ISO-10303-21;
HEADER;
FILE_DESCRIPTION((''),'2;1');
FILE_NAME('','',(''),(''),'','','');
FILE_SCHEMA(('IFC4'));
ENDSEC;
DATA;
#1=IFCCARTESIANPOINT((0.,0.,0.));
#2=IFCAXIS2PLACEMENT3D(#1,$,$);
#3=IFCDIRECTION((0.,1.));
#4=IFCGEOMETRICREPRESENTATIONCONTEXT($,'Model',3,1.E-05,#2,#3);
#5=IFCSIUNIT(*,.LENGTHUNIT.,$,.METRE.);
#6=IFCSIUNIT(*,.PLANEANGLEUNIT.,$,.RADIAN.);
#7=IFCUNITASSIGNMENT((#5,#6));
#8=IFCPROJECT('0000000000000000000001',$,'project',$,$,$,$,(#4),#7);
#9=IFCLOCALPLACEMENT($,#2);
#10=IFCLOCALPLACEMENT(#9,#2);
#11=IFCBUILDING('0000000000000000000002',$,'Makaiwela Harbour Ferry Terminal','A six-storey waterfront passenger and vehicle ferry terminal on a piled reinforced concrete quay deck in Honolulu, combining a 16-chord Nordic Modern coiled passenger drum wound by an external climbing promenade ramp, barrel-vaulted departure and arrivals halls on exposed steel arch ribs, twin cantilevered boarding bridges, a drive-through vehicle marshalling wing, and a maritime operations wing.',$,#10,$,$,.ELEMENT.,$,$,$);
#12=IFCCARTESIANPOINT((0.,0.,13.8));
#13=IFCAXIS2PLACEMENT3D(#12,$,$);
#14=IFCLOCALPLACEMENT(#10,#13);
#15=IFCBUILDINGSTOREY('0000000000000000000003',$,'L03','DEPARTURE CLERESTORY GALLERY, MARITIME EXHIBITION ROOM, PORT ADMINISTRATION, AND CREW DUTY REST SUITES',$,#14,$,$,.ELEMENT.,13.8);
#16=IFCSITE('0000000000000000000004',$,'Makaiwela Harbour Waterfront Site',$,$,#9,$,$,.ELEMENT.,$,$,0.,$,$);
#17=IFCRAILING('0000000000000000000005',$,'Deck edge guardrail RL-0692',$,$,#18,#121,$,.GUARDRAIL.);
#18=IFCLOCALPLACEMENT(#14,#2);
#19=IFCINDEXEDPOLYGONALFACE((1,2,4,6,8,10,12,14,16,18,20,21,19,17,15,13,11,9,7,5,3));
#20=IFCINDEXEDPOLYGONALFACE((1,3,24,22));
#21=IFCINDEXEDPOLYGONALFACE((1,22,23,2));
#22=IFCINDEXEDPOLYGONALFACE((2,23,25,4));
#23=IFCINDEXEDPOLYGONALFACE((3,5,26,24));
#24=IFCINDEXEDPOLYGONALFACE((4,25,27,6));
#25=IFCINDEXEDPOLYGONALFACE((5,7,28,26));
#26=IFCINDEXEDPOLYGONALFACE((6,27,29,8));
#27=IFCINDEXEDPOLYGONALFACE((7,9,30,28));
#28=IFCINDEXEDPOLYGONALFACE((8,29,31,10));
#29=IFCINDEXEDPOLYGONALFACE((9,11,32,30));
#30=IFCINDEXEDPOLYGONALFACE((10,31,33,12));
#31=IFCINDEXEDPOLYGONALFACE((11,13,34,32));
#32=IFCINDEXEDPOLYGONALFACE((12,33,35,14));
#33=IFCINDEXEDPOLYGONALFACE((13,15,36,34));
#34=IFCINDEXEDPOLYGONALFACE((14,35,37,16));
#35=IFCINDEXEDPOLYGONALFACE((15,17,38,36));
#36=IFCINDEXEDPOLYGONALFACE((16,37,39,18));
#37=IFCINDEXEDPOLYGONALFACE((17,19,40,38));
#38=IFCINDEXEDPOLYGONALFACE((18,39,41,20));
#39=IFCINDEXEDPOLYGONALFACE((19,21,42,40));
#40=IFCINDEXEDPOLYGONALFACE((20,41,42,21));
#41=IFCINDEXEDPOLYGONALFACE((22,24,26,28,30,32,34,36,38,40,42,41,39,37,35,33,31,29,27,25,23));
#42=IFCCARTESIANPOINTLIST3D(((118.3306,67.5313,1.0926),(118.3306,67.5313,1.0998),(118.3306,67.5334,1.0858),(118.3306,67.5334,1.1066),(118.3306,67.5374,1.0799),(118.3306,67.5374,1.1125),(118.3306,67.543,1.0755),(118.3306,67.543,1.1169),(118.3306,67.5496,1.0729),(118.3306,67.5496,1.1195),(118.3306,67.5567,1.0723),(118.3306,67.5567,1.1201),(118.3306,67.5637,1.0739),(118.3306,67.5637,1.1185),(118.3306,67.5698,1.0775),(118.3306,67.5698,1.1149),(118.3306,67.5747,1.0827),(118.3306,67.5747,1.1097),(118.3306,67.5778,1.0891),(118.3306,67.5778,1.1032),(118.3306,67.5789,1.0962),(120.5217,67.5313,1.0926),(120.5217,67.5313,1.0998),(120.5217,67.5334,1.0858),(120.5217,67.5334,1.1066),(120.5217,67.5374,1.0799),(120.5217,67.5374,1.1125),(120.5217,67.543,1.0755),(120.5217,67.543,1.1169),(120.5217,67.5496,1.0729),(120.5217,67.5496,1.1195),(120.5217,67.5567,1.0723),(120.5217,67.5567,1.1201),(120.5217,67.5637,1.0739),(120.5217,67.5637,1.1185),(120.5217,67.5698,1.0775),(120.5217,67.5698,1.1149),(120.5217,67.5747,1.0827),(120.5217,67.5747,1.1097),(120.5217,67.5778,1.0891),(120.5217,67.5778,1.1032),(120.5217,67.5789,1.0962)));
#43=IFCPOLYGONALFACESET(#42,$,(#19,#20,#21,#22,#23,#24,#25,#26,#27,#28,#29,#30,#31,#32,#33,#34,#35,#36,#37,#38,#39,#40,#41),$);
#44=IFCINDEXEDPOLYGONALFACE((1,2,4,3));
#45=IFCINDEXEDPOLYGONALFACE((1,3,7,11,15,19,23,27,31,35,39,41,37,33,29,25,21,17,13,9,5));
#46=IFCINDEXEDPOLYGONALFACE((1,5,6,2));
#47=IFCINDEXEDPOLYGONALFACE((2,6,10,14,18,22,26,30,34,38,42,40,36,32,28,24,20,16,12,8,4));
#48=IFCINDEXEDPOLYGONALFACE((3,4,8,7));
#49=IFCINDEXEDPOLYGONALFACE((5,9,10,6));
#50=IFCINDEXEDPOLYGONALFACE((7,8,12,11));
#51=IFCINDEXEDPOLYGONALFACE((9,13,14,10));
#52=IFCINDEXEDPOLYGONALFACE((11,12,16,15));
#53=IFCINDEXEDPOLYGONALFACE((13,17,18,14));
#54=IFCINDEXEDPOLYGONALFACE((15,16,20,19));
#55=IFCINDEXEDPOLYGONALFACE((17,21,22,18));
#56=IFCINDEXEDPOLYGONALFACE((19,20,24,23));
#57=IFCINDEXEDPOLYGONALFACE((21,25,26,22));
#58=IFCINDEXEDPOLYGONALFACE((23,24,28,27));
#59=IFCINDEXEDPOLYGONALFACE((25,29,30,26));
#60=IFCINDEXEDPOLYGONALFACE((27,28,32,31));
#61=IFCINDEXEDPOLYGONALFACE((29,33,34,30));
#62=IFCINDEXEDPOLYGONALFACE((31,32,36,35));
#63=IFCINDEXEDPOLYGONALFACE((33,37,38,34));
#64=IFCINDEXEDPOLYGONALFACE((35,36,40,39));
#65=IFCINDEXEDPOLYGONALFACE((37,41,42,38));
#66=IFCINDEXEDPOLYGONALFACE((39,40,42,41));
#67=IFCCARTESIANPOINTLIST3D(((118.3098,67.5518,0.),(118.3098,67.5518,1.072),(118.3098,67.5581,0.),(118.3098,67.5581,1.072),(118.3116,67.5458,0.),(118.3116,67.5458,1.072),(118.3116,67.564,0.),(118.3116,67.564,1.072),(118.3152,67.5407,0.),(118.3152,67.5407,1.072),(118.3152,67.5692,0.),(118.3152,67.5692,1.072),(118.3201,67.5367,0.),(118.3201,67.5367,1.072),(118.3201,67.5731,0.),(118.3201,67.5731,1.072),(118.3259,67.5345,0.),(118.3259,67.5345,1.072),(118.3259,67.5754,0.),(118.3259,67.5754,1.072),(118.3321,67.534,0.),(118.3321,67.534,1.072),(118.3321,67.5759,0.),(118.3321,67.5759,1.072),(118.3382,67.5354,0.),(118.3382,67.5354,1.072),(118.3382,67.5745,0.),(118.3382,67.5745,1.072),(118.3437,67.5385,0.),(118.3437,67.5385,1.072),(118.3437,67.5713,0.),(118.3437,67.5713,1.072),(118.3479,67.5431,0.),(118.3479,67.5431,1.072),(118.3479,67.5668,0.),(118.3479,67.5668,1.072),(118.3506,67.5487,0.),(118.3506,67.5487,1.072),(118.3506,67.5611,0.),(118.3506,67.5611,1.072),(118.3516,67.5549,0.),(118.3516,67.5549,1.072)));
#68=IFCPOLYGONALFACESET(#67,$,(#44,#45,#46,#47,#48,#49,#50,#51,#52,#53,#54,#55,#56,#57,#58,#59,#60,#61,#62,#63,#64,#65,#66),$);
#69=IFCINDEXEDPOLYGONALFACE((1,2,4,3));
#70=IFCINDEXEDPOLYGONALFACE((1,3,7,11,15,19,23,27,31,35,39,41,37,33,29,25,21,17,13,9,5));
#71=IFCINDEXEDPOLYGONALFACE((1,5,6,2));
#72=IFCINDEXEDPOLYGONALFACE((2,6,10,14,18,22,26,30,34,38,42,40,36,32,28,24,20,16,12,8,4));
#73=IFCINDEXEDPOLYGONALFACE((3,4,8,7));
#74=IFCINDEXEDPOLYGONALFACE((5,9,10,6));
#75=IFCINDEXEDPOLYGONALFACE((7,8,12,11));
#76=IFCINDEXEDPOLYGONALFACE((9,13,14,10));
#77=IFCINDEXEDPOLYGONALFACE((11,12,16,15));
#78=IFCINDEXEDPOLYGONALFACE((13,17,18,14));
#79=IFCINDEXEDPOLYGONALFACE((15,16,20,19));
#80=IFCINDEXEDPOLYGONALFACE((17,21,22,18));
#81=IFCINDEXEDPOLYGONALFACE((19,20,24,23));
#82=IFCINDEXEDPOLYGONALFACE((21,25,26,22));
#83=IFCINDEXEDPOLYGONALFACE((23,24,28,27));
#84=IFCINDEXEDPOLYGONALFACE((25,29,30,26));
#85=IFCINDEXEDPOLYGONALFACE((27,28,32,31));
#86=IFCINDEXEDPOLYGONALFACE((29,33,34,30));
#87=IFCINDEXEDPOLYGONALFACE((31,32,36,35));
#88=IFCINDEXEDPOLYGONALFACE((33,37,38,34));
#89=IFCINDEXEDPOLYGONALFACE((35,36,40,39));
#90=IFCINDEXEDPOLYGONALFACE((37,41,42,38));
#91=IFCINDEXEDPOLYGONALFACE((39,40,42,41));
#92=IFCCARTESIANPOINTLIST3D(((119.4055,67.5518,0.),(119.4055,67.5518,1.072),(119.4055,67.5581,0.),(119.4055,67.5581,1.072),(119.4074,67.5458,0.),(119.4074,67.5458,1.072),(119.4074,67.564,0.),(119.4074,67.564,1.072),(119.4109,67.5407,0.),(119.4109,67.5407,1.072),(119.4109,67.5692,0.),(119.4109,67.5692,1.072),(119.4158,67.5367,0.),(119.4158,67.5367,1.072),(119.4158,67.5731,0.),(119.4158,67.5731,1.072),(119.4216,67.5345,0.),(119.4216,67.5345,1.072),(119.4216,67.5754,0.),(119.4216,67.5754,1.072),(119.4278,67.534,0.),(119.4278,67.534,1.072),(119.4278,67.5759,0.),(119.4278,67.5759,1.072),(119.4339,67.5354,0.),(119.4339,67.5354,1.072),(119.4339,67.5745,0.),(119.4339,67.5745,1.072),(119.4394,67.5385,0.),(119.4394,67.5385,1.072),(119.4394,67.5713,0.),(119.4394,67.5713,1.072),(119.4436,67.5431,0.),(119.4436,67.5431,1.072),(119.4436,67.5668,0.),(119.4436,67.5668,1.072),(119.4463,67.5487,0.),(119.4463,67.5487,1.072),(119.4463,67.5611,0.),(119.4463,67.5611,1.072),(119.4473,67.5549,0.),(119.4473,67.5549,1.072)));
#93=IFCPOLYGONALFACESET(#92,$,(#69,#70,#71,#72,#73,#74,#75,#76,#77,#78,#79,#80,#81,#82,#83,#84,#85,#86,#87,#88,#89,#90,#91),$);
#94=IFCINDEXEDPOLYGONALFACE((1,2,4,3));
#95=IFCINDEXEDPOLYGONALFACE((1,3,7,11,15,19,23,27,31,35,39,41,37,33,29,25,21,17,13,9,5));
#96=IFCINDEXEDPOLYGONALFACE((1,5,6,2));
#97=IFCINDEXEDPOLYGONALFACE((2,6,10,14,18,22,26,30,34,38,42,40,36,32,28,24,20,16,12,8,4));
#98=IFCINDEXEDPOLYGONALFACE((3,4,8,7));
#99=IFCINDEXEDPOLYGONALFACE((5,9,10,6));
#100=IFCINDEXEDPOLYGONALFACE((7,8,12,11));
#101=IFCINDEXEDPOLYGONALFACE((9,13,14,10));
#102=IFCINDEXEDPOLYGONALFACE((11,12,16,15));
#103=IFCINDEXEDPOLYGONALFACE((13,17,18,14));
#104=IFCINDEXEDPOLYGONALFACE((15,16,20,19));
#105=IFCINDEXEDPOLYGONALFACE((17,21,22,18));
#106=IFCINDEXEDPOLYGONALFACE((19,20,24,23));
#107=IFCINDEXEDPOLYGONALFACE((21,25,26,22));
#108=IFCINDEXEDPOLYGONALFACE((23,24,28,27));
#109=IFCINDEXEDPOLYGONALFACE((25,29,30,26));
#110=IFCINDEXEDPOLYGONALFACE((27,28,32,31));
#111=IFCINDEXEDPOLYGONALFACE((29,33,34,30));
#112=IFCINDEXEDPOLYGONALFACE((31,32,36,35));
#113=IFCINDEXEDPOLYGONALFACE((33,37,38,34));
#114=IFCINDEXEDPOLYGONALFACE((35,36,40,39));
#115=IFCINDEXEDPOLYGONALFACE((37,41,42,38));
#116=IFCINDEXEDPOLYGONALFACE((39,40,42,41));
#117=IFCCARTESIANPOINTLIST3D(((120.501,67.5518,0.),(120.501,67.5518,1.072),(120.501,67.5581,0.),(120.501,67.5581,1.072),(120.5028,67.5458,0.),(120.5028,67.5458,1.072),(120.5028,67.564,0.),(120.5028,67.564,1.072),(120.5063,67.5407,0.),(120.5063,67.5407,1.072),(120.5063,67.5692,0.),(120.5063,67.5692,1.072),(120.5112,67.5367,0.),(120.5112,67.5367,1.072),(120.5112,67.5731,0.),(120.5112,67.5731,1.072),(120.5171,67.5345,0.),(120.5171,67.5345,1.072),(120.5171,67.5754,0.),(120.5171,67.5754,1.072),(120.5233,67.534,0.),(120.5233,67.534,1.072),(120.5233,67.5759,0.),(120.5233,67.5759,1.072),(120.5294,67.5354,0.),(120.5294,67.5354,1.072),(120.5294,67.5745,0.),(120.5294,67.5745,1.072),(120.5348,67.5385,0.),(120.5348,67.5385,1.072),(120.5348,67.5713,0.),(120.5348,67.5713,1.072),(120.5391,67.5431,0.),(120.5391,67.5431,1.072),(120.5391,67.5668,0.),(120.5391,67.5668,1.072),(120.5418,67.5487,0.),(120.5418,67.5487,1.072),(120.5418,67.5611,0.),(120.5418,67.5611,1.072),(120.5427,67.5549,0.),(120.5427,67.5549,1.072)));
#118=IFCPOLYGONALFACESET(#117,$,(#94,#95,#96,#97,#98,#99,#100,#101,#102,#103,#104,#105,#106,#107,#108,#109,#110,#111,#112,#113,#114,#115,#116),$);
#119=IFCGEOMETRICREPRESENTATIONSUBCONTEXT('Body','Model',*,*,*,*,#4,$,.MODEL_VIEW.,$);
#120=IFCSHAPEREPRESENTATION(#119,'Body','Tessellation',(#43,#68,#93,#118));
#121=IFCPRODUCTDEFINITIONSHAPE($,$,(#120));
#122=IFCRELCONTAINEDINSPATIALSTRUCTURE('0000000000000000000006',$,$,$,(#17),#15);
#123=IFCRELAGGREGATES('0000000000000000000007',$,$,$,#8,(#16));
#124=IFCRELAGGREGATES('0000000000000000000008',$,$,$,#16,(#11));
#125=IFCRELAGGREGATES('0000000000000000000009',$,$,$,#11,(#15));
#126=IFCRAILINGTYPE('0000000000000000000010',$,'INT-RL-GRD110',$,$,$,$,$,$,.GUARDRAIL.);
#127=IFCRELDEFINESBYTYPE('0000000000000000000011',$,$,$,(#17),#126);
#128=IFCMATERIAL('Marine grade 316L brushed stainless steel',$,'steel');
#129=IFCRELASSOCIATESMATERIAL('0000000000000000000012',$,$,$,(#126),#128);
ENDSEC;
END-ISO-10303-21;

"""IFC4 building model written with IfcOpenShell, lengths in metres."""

from ifc_helpers import new_model, si_unit, direction, frame, origin, origin_2d, place, context, subcontext, project, spatial, circle, extrude, material, type_object, element, save


model = new_model("IFC4")

# Units and contexts
model_context = context("Model", 3, precision=1e-05, world=origin(), true_north=direction((0.0, 1.0)))
body_context = subcontext(model_context, "Body", "Model", "MODEL_VIEW")
ifc_project = project(units=[si_unit("LENGTHUNIT", "METRE"), si_unit("PLANEANGLEUNIT", "RADIAN")], contexts=[model_context])

# Site, building, storey
site_placement = place(None, origin())
site = spatial("IfcSite", under=ifc_project, at=site_placement, Name="Makaiwela Harbour Waterfront Site", CompositionType="ELEMENT", RefElevation=0.0)
building_placement = place(site_placement, origin())
building = spatial("IfcBuilding", under=site, at=building_placement, Name="Makaiwela Harbour Ferry Terminal", Description="A six-storey waterfront passenger and vehicle ferry terminal on a piled reinforced concrete quay deck in Honolulu, combining a 16-chord Nordic Modern coiled passenger drum wound by an external climbing promenade ramp, barrel-vaulted departure and arrivals halls on exposed steel arch ribs, twin cantilevered boarding bridges, a drive-through vehicle marshalling wing, and a maritime operations wing.", CompositionType="ELEMENT")
storey_placement = place(building_placement, frame((0.0, 0.0, 13.8)))
storey = spatial("IfcBuildingStorey", under=building, at=storey_placement, Name="L03", Description="DEPARTURE CLERESTORY GALLERY, MARITIME EXHIBITION ROOM, PORT ADMINISTRATION, AND CREW DUTY REST SUITES", CompositionType="ELEMENT", Elevation=13.8)

# Railing
ifc_material_1 = material(Name="Marine grade 316L brushed stainless steel", Category="steel")
railing_type = type_object("IfcRailingType", Name="INT-RL-GRD110", PredefinedType="GUARDRAIL", material=ifc_material_1)
railing_1_placement = place(storey_placement, frame((118.3306, 67.5549, 0.0)))
element("IfcRailing", 1, at=railing_1_placement, inside=storey, type_object=railing_type, Name="Deck edge guardrail RL-0692", PredefinedType="GUARDRAIL", context=body_context, shape_type="SweptSolid", body=[
    extrude(circle(Radius=0.0239, at=origin_2d()), frame((0.0, 0.0, 1.0962), z_axis=(1.0, 0.0, 0.0), x_axis=(0.0, 1.0, 0.0)), (0.0, 0.0, 1.0), 2.1912),
    extrude(circle(Radius=0.021, at=origin_2d()), origin(), (0.0, 0.0, 1.0), 1.072),
    extrude(circle(Radius=0.021, at=origin_2d()), frame((1.0957, 0.0, 0.0)), (0.0, 0.0, 1.0), 1.072),
    extrude(circle(Radius=0.021, at=origin_2d()), frame((2.1912, 0.0, 0.0)), (0.0, 0.0, 1.0), 1.072),
])

save(model, "model.ifc")
